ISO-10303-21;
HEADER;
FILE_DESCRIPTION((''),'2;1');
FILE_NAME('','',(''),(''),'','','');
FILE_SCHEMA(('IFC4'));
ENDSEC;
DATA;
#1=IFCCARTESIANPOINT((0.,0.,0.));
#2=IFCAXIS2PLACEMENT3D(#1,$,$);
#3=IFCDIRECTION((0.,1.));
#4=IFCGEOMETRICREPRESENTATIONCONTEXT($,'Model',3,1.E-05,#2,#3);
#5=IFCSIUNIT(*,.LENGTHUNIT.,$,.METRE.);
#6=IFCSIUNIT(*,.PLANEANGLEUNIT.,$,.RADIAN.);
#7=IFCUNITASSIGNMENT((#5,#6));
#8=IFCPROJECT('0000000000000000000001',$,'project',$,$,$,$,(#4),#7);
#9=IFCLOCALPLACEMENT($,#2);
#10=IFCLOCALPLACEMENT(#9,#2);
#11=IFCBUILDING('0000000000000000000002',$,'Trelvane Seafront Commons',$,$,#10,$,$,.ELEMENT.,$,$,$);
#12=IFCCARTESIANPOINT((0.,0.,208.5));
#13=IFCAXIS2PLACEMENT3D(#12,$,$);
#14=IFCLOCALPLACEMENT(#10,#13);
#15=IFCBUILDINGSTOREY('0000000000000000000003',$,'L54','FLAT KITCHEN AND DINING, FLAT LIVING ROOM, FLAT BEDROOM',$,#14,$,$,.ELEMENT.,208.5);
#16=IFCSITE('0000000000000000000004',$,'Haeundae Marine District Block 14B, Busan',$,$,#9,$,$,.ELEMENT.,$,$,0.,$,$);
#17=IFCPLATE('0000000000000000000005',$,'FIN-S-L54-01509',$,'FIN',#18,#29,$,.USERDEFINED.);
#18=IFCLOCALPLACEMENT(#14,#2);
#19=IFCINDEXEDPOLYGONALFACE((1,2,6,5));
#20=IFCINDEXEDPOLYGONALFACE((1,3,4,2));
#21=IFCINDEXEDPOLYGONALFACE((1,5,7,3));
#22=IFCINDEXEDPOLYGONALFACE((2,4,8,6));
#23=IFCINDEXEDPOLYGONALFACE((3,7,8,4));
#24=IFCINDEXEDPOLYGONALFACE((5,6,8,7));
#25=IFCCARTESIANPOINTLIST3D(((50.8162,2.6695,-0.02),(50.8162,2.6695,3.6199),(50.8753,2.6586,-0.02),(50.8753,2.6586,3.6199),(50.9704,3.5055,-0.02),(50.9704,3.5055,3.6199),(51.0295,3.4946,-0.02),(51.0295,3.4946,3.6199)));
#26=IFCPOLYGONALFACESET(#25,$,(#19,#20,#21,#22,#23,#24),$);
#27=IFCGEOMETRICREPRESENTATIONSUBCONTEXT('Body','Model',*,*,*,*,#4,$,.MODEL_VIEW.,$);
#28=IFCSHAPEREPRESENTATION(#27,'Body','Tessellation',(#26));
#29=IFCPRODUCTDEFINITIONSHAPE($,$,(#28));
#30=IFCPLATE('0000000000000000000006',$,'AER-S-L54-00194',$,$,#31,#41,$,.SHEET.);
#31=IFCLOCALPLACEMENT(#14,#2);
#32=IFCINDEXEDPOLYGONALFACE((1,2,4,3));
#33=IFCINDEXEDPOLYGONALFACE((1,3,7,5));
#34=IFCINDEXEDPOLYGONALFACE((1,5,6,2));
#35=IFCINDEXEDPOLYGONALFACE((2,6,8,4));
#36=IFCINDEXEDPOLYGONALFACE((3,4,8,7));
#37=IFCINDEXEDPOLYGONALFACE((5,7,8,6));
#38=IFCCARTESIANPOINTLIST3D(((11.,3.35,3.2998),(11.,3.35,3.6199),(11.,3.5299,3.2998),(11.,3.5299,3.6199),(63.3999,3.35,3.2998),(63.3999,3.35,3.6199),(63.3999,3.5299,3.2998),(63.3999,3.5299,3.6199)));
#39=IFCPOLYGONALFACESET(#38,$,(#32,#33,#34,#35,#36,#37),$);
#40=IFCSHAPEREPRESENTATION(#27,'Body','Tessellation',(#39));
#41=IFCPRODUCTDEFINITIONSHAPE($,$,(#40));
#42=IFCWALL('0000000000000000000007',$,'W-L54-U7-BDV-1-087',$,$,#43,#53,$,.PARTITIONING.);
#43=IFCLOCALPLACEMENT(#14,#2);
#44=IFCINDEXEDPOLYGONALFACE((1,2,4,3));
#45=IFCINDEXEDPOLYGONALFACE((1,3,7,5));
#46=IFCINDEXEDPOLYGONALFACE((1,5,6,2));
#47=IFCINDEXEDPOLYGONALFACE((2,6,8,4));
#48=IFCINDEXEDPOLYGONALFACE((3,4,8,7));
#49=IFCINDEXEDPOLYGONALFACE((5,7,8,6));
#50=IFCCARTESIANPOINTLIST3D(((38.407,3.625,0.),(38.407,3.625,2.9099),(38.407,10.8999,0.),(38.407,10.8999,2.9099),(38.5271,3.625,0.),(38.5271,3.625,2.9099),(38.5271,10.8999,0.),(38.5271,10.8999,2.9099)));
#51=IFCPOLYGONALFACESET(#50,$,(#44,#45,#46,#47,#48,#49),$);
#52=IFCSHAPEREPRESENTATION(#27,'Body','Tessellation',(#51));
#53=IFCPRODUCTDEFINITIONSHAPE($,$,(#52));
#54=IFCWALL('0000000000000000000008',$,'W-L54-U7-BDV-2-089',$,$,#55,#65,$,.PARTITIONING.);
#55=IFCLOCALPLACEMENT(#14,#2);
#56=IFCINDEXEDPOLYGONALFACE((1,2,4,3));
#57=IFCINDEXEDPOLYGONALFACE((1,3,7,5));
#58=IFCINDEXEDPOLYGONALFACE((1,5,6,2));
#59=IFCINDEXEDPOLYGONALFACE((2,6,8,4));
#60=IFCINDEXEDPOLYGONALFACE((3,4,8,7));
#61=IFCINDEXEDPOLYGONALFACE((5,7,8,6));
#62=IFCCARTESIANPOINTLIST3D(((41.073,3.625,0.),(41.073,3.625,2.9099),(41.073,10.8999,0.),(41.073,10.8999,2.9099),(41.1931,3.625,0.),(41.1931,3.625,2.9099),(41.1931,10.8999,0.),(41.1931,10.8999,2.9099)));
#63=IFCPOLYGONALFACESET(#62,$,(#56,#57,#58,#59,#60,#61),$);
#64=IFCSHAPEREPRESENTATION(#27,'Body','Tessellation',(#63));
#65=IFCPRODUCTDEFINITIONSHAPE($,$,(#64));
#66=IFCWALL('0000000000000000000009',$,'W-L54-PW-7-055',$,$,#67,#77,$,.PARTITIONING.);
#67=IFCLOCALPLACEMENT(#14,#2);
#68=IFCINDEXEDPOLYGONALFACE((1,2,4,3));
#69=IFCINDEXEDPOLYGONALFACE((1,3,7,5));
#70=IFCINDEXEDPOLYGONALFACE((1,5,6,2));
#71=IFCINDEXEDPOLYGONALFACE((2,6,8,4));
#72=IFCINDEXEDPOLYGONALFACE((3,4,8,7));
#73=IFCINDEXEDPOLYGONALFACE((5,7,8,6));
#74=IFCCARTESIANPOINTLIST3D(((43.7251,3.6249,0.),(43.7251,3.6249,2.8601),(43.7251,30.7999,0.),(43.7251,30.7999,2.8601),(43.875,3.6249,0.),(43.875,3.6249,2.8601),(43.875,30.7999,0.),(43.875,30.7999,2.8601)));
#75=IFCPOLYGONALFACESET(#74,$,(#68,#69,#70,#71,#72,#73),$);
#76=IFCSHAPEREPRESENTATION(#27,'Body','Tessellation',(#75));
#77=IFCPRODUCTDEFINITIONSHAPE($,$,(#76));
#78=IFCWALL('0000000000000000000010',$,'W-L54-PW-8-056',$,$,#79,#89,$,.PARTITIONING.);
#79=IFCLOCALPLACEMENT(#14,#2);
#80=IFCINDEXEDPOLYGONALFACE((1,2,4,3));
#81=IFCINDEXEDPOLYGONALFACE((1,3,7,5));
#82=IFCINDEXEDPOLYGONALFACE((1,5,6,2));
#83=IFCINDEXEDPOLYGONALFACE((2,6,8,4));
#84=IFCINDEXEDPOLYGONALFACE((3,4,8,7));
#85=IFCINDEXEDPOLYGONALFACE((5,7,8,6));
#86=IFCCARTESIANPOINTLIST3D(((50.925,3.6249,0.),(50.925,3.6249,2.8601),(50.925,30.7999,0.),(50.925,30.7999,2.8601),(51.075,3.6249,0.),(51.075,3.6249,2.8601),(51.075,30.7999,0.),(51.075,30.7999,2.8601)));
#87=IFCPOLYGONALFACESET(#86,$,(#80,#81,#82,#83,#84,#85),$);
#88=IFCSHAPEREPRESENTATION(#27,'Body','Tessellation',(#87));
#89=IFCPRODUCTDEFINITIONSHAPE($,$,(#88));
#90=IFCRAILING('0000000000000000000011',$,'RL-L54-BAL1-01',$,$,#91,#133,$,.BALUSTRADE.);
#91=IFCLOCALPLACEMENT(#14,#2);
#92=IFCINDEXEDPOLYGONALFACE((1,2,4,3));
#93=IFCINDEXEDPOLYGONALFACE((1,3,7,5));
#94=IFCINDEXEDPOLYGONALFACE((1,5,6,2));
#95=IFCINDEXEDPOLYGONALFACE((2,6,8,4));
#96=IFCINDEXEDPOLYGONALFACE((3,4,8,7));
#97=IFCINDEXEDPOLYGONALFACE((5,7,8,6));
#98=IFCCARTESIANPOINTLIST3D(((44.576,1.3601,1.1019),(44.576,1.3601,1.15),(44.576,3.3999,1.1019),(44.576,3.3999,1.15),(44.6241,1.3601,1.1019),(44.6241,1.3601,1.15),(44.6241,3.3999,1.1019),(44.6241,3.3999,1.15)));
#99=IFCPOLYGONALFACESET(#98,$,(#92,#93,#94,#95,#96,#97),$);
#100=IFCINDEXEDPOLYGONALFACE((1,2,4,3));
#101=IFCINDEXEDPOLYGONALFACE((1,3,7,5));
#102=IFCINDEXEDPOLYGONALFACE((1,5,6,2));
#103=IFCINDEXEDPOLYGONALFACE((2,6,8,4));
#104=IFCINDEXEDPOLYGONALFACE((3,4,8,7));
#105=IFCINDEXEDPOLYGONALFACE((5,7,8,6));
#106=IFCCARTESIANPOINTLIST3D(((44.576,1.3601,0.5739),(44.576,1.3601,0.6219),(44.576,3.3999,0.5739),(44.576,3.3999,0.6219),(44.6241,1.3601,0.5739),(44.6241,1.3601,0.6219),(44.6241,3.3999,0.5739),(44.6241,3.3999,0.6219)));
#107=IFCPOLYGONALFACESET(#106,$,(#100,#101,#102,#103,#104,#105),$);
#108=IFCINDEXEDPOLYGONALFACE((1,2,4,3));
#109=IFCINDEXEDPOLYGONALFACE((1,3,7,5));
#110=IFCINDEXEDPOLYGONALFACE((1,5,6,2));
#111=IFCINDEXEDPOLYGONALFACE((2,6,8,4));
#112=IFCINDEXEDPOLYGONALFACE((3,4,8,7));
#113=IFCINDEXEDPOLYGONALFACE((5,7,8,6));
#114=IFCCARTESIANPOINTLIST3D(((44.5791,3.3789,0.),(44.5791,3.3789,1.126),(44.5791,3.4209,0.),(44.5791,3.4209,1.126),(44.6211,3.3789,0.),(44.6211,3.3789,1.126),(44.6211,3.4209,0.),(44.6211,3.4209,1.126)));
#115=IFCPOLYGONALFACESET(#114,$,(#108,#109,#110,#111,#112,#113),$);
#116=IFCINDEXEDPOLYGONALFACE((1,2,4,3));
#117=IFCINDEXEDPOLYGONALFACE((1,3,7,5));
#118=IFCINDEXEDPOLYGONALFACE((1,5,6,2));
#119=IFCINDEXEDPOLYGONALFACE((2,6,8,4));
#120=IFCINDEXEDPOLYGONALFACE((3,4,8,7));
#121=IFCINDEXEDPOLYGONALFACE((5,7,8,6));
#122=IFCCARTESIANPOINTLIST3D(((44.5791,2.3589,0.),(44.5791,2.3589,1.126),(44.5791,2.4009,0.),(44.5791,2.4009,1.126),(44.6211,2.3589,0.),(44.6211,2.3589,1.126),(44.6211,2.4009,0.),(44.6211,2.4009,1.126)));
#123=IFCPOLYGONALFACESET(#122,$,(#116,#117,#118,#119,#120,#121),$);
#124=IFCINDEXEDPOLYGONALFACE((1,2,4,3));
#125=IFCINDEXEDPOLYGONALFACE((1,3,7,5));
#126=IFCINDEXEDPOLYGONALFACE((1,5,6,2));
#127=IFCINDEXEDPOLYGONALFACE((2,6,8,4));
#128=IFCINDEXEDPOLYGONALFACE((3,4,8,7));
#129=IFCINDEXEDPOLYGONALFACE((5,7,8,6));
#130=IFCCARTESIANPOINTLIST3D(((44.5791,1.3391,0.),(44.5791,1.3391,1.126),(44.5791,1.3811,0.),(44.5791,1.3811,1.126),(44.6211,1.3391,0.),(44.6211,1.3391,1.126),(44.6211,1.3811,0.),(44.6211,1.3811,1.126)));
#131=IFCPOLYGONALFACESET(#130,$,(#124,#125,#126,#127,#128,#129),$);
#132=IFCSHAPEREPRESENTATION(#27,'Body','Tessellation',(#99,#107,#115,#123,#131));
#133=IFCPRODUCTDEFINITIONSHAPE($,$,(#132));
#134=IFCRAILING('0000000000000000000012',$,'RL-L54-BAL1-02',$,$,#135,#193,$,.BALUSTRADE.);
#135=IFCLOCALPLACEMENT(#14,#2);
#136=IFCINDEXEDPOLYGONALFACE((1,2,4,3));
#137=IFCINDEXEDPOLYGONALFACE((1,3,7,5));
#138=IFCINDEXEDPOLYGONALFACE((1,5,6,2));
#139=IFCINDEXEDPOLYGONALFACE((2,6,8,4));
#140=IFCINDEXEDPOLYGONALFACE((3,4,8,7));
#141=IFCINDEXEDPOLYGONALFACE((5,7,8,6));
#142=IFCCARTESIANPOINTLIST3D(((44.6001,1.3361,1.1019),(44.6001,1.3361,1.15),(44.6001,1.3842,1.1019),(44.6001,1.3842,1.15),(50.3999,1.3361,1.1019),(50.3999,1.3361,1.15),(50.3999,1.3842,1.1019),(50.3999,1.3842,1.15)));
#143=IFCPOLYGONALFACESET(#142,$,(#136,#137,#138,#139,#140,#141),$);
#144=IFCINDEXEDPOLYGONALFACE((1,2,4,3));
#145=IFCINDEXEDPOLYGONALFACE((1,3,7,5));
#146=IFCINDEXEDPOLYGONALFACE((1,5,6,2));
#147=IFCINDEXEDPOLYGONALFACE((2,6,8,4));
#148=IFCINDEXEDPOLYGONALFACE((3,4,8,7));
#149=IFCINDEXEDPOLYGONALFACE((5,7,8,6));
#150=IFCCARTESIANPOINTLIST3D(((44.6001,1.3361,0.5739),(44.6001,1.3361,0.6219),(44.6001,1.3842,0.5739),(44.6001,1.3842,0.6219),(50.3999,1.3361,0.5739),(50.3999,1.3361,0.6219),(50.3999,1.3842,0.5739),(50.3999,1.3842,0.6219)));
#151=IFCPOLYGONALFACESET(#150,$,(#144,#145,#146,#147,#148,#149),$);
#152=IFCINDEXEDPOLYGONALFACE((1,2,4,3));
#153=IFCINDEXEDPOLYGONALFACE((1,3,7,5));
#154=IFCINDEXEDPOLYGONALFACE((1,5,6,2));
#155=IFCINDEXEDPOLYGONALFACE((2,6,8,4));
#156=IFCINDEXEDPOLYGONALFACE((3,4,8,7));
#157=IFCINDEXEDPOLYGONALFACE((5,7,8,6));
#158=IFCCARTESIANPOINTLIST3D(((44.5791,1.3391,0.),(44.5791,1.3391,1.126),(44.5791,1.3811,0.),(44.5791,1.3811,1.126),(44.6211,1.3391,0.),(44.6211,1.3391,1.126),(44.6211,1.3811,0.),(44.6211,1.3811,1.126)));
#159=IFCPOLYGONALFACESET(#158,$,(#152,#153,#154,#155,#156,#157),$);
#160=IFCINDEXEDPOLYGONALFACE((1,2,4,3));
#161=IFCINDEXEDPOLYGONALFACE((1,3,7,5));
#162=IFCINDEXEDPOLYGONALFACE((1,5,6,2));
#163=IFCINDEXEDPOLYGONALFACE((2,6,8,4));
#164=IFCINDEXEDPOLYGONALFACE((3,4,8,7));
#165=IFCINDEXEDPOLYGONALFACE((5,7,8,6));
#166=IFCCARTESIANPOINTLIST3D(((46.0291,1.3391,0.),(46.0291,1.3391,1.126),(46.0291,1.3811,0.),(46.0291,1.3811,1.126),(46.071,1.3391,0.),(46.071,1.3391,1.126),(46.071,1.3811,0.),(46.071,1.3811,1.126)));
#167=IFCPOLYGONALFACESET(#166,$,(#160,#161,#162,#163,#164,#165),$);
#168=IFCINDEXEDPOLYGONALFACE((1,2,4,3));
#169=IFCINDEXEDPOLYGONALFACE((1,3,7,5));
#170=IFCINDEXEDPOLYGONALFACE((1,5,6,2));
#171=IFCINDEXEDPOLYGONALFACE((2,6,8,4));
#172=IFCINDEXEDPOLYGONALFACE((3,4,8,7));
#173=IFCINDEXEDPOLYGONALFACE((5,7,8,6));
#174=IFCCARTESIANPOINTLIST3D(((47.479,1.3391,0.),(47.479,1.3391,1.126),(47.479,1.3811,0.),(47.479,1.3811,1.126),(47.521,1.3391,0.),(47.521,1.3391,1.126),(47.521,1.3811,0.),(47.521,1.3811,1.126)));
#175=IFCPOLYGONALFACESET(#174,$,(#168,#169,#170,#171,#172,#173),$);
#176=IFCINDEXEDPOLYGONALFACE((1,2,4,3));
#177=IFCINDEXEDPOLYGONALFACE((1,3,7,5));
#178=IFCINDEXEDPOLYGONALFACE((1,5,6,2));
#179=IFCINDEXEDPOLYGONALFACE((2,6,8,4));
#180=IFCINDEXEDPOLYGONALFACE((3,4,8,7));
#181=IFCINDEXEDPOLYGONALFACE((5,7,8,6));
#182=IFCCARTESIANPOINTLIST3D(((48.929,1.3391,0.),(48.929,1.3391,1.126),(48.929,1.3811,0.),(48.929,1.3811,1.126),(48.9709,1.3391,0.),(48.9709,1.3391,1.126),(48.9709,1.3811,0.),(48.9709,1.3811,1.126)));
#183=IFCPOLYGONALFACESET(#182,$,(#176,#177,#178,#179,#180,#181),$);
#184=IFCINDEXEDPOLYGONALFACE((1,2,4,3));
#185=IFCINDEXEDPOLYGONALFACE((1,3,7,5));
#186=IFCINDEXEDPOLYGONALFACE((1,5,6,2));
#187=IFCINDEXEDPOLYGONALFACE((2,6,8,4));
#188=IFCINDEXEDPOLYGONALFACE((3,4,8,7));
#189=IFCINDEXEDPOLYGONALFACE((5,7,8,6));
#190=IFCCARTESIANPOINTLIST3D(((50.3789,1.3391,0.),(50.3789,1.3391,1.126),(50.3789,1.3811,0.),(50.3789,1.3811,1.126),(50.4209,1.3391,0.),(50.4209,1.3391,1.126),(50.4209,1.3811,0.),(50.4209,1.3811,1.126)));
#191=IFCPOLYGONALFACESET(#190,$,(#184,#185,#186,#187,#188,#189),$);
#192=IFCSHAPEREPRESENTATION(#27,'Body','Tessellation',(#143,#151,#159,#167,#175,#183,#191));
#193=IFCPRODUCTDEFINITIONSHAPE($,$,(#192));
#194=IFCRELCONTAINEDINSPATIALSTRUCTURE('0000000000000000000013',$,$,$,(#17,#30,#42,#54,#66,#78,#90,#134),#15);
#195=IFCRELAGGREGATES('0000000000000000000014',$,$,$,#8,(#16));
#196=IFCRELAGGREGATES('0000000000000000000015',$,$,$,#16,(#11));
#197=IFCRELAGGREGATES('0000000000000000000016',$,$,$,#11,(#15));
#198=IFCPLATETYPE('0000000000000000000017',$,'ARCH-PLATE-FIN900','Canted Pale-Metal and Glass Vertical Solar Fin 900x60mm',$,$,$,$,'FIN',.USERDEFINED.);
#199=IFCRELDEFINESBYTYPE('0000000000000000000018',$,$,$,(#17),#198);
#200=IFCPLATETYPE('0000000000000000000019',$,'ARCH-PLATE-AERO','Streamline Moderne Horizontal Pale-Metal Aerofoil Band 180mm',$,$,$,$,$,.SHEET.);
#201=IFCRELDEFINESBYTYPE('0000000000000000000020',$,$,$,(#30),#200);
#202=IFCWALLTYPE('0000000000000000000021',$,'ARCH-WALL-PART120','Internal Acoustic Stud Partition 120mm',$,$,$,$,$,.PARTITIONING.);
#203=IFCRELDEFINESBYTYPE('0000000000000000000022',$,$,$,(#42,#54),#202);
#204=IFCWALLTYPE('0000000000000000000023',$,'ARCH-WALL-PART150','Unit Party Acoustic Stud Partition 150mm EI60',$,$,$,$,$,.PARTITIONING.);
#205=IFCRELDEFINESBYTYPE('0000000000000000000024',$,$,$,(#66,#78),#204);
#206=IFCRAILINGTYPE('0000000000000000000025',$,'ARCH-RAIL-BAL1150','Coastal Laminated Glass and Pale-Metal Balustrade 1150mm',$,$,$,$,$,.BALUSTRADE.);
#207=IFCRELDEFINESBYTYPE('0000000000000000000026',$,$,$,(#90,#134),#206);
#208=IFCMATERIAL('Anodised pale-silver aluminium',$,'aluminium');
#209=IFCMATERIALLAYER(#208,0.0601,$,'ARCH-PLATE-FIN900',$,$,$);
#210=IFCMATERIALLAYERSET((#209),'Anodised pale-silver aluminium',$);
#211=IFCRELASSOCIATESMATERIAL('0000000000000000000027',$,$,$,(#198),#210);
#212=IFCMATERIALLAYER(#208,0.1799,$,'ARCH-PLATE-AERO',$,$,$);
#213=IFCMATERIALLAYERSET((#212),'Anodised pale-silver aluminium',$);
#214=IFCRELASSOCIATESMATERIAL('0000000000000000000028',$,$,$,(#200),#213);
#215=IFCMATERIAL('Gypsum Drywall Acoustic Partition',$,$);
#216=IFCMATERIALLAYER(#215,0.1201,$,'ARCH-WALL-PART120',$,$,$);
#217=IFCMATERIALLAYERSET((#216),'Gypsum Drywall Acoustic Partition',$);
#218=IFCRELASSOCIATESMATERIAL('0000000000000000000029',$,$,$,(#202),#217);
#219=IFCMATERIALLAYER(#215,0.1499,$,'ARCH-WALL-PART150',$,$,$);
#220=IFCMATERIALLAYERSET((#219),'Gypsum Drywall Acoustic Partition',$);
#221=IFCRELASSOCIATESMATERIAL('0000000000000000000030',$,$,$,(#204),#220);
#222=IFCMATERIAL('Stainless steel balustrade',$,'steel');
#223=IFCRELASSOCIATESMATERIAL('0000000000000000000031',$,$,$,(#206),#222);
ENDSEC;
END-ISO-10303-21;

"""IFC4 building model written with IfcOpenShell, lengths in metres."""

from ifc_helpers import new_model, si_unit, direction, frame, frame_2d, origin, origin_2d, place, context, subcontext, project, spatial, rectangle, extrude, source, transform, mapped, material, layer, layer_set, type_object, element, save


model = new_model("IFC4")

# Units and contexts
model_context = context("Model", 3, precision=1e-05, world=origin(), true_north=direction((0.0, 1.0)))
body_context = subcontext(model_context, "Body", "Model", "MODEL_VIEW")
ifc_project = project(units=[si_unit("LENGTHUNIT", "METRE"), si_unit("PLANEANGLEUNIT", "RADIAN")], contexts=[model_context])

# Site, building, storey
site_placement = place(None, origin())
site = spatial("IfcSite", under=ifc_project, at=site_placement, Name="Haeundae Marine District Block 14B, Busan", CompositionType="ELEMENT", RefElevation=0.0)
building_placement = place(site_placement, origin())
building = spatial("IfcBuilding", under=site, at=building_placement, Name="Trelvane Seafront Commons", CompositionType="ELEMENT")
storey_placement = place(building_placement, frame((0.0, 0.0, 208.5)))
storey = spatial("IfcBuildingStorey", under=building, at=storey_placement, Name="L54", Description="FLAT KITCHEN AND DINING, FLAT LIVING ROOM, FLAT BEDROOM", CompositionType="ELEMENT", Elevation=208.5)

# Plates
ifc_material_1 = material(Name="Anodised pale-silver aluminium", Category="aluminium")
ifc_layer_1 = layer(ifc_material_1, 0.0601, Name="ARCH-PLATE-FIN900")
ifc_layer_set_1 = layer_set([ifc_layer_1], Name="Anodised pale-silver aluminium")
plate_type_1 = type_object("IfcPlateType", Name="ARCH-PLATE-FIN900", Description="Canted Pale-Metal and Glass Vertical Solar Fin 900x60mm", ElementType="FIN", PredefinedType="USERDEFINED", material=ifc_layer_set_1)
shared_shape_1 = source(origin(), body_context, "Body", "SweptSolid", [
    extrude(rectangle(XDim=0.8501, YDim=0.0601, at=origin_2d()), origin(), (0.0, 0.0, 1.0), 3.6399),
])
for number, where, z_axis, x_axis, name in (
    (1, (50.9229, 3.082, -0.02), (0.0, 0.0, 1.0), (-0.181412, -0.983407, 0.0), "FIN-S-L54-01509"),
):
    element("IfcPlate", number, at=place(storey_placement, frame(where, z_axis=z_axis, x_axis=x_axis)), inside=storey, type_object=plate_type_1, Name=name, ObjectType="FIN", PredefinedType="USERDEFINED", context=body_context, shape_type="MappedRepresentation", body=[
        mapped(shared_shape_1, transform((0.0, 0.0, 0.0), x_axis=(1.0, 0.0, 0.0), y_axis=(0.0, 1.0, 0.0), z_axis=(0.0, 0.0, 1.0), scale=1.0)),
    ])
ifc_layer_2 = layer(ifc_material_1, 0.1799, Name="ARCH-PLATE-AERO")
ifc_layer_set_2 = layer_set([ifc_layer_2], Name="Anodised pale-silver aluminium")
plate_type_2 = type_object("IfcPlateType", Name="ARCH-PLATE-AERO", Description="Streamline Moderne Horizontal Pale-Metal Aerofoil Band 180mm", PredefinedType="SHEET", material=ifc_layer_set_2)
shared_shape_2 = source(origin(), body_context, "Body", "SweptSolid", [
    extrude(rectangle(XDim=52.3999, YDim=0.1799, at=origin_2d()), origin(), (0.0, 0.0, 1.0), 0.3201),
])
plate_1_placement = place(storey_placement, frame((37.2, 3.4399, 3.2998), z_axis=(0.0, 0.0, 1.0), x_axis=(-1.0, 0.0, 0.0)))
element("IfcPlate", 2, at=plate_1_placement, inside=storey, type_object=plate_type_2, Name="AER-S-L54-00194", PredefinedType="SHEET", context=body_context, shape_type="MappedRepresentation", body=[
    mapped(shared_shape_2, transform((0.0, 0.0, 0.0), x_axis=(1.0, 0.0, 0.0), y_axis=(0.0, 1.0, 0.0), z_axis=(0.0, 0.0, 1.0), scale=1.0)),
])

# Shared definitions
ifc_material_2 = material(Name="Gypsum Drywall Acoustic Partition")
ifc_layer_3 = layer(ifc_material_2, 0.1201, Name="ARCH-WALL-PART120")
ifc_layer_set_3 = layer_set([ifc_layer_3], Name="Gypsum Drywall Acoustic Partition")
wall_type_1 = type_object("IfcWallType", Name="ARCH-WALL-PART120", Description="Internal Acoustic Stud Partition 120mm", PredefinedType="PARTITIONING", material=ifc_layer_set_3)

# Wall
wall_1_placement = place(storey_placement, frame((38.467, 3.625, 0.0), z_axis=(0.0, 0.0, 1.0), x_axis=(0.0, 1.0, 0.0)))
element("IfcWall", 3, at=wall_1_placement, inside=storey, type_object=wall_type_1, Name="W-L54-U7-BDV-1-087", PredefinedType="PARTITIONING", context=body_context, shape_type="SweptSolid", body=[
    extrude(rectangle(XDim=7.2749, YDim=0.1201, at=frame_2d((3.6375, 0.0))), origin(), (0.0, 0.0, 1.0), 2.9099),
])

# Walls
wall_2_placement = place(storey_placement, frame((41.1331, 3.625, 0.0), z_axis=(0.0, 0.0, 1.0), x_axis=(0.0, 1.0, 0.0)))
element("IfcWall", 4, at=wall_2_placement, inside=storey, type_object=wall_type_1, Name="W-L54-U7-BDV-2-089", PredefinedType="PARTITIONING", context=body_context, shape_type="SweptSolid", body=[
    extrude(rectangle(XDim=7.2749, YDim=0.1201, at=frame_2d((3.6375, 0.0))), origin(), (0.0, 0.0, 1.0), 2.9099),
])
ifc_layer_4 = layer(ifc_material_2, 0.1499, Name="ARCH-WALL-PART150")
ifc_layer_set_4 = layer_set([ifc_layer_4], Name="Gypsum Drywall Acoustic Partition")
wall_type_2 = type_object("IfcWallType", Name="ARCH-WALL-PART150", Description="Unit Party Acoustic Stud Partition 150mm EI60", PredefinedType="PARTITIONING", material=ifc_layer_set_4)
for number, where, z_axis, x_axis, name in (
    (5, (43.8, 3.625, 0.0), (0.0, 0.0, 1.0), (0.0, 1.0, 0.0), "W-L54-PW-7-055"),
    (6, (51.0, 3.625, 0.0), (0.0, 0.0, 1.0), (0.0, 1.0, 0.0), "W-L54-PW-8-056"),
):
    element("IfcWall", number, at=place(storey_placement, frame(where, z_axis=z_axis, x_axis=x_axis)), inside=storey, type_object=wall_type_2, Name=name, PredefinedType="PARTITIONING", context=body_context, shape_type="SweptSolid", body=[
        extrude(rectangle(XDim=27.175, YDim=0.1499, at=frame_2d((13.5874, 0.0))), origin(), (0.0, 0.0, 1.0), 2.8601),
    ])

# Railings
ifc_material_3 = material(Name="Stainless steel balustrade", Category="steel")
railing_type = type_object("IfcRailingType", Name="ARCH-RAIL-BAL1150", Description="Coastal Laminated Glass and Pale-Metal Balustrade 1150mm", PredefinedType="BALUSTRADE", material=ifc_material_3)
railing_1_placement = place(storey_placement, frame((44.6001, 3.3999, 0.0)))
element("IfcRailing", 7, at=railing_1_placement, inside=storey, type_object=railing_type, Name="RL-L54-BAL1-01", PredefinedType="BALUSTRADE", context=body_context, shape_type="SweptSolid", body=[
    extrude(rectangle(XDim=0.0481, YDim=0.0481, at=origin_2d()), frame((0.0, 0.0, 1.126), z_axis=(0.0, -1.0, 0.0), x_axis=(1.0, 0.0, 0.0)), (0.0, 0.0, 1.0), 2.0398),
    extrude(rectangle(XDim=0.0481, YDim=0.0481, at=origin_2d()), frame((0.0, 0.0, 0.5979), z_axis=(0.0, -1.0, 0.0), x_axis=(1.0, 0.0, 0.0)), (0.0, 0.0, 1.0), 2.0398),
    extrude(rectangle(XDim=0.042, YDim=0.042, at=origin_2d()), origin(), (0.0, 0.0, 1.0), 1.126),
    extrude(rectangle(XDim=0.042, YDim=0.042, at=origin_2d()), frame((0.0, -1.02, 0.0)), (0.0, 0.0, 1.0), 1.126),
    extrude(rectangle(XDim=0.042, YDim=0.042, at=origin_2d()), frame((0.0, -2.0398, 0.0)), (0.0, 0.0, 1.0), 1.126),
])
railing_2_placement = place(storey_placement, frame((44.6001, 1.3601, 0.0)))
element("IfcRailing", 8, at=railing_2_placement, inside=storey, type_object=railing_type, Name="RL-L54-BAL1-02", PredefinedType="BALUSTRADE", context=body_context, shape_type="SweptSolid", body=[
    extrude(rectangle(XDim=0.0481, YDim=0.0481, at=origin_2d()), frame((0.0, 0.0, 1.126), z_axis=(1.0, 0.0, 0.0), x_axis=(0.0, 1.0, 0.0)), (0.0, 0.0, 1.0), 5.7998),
    extrude(rectangle(XDim=0.0481, YDim=0.0481, at=origin_2d()), frame((0.0, 0.0, 0.5979), z_axis=(1.0, 0.0, 0.0), x_axis=(0.0, 1.0, 0.0)), (0.0, 0.0, 1.0), 5.7998),
    extrude(rectangle(XDim=0.042, YDim=0.042, at=origin_2d()), origin(), (0.0, 0.0, 1.0), 1.126),
    extrude(rectangle(XDim=0.042, YDim=0.042, at=origin_2d()), frame((1.45, 0.0, 0.0)), (0.0, 0.0, 1.0), 1.126),
    extrude(rectangle(XDim=0.042, YDim=0.042, at=origin_2d()), frame((2.8999, 0.0, 0.0)), (0.0, 0.0, 1.0), 1.126),
    extrude(rectangle(XDim=0.042, YDim=0.042, at=origin_2d()), frame((4.3499, 0.0, 0.0)), (0.0, 0.0, 1.0), 1.126),
    extrude(rectangle(XDim=0.042, YDim=0.042, at=origin_2d()), frame((5.7998, 0.0, 0.0)), (0.0, 0.0, 1.0), 1.126),
])

save(model, "model.ifc")
